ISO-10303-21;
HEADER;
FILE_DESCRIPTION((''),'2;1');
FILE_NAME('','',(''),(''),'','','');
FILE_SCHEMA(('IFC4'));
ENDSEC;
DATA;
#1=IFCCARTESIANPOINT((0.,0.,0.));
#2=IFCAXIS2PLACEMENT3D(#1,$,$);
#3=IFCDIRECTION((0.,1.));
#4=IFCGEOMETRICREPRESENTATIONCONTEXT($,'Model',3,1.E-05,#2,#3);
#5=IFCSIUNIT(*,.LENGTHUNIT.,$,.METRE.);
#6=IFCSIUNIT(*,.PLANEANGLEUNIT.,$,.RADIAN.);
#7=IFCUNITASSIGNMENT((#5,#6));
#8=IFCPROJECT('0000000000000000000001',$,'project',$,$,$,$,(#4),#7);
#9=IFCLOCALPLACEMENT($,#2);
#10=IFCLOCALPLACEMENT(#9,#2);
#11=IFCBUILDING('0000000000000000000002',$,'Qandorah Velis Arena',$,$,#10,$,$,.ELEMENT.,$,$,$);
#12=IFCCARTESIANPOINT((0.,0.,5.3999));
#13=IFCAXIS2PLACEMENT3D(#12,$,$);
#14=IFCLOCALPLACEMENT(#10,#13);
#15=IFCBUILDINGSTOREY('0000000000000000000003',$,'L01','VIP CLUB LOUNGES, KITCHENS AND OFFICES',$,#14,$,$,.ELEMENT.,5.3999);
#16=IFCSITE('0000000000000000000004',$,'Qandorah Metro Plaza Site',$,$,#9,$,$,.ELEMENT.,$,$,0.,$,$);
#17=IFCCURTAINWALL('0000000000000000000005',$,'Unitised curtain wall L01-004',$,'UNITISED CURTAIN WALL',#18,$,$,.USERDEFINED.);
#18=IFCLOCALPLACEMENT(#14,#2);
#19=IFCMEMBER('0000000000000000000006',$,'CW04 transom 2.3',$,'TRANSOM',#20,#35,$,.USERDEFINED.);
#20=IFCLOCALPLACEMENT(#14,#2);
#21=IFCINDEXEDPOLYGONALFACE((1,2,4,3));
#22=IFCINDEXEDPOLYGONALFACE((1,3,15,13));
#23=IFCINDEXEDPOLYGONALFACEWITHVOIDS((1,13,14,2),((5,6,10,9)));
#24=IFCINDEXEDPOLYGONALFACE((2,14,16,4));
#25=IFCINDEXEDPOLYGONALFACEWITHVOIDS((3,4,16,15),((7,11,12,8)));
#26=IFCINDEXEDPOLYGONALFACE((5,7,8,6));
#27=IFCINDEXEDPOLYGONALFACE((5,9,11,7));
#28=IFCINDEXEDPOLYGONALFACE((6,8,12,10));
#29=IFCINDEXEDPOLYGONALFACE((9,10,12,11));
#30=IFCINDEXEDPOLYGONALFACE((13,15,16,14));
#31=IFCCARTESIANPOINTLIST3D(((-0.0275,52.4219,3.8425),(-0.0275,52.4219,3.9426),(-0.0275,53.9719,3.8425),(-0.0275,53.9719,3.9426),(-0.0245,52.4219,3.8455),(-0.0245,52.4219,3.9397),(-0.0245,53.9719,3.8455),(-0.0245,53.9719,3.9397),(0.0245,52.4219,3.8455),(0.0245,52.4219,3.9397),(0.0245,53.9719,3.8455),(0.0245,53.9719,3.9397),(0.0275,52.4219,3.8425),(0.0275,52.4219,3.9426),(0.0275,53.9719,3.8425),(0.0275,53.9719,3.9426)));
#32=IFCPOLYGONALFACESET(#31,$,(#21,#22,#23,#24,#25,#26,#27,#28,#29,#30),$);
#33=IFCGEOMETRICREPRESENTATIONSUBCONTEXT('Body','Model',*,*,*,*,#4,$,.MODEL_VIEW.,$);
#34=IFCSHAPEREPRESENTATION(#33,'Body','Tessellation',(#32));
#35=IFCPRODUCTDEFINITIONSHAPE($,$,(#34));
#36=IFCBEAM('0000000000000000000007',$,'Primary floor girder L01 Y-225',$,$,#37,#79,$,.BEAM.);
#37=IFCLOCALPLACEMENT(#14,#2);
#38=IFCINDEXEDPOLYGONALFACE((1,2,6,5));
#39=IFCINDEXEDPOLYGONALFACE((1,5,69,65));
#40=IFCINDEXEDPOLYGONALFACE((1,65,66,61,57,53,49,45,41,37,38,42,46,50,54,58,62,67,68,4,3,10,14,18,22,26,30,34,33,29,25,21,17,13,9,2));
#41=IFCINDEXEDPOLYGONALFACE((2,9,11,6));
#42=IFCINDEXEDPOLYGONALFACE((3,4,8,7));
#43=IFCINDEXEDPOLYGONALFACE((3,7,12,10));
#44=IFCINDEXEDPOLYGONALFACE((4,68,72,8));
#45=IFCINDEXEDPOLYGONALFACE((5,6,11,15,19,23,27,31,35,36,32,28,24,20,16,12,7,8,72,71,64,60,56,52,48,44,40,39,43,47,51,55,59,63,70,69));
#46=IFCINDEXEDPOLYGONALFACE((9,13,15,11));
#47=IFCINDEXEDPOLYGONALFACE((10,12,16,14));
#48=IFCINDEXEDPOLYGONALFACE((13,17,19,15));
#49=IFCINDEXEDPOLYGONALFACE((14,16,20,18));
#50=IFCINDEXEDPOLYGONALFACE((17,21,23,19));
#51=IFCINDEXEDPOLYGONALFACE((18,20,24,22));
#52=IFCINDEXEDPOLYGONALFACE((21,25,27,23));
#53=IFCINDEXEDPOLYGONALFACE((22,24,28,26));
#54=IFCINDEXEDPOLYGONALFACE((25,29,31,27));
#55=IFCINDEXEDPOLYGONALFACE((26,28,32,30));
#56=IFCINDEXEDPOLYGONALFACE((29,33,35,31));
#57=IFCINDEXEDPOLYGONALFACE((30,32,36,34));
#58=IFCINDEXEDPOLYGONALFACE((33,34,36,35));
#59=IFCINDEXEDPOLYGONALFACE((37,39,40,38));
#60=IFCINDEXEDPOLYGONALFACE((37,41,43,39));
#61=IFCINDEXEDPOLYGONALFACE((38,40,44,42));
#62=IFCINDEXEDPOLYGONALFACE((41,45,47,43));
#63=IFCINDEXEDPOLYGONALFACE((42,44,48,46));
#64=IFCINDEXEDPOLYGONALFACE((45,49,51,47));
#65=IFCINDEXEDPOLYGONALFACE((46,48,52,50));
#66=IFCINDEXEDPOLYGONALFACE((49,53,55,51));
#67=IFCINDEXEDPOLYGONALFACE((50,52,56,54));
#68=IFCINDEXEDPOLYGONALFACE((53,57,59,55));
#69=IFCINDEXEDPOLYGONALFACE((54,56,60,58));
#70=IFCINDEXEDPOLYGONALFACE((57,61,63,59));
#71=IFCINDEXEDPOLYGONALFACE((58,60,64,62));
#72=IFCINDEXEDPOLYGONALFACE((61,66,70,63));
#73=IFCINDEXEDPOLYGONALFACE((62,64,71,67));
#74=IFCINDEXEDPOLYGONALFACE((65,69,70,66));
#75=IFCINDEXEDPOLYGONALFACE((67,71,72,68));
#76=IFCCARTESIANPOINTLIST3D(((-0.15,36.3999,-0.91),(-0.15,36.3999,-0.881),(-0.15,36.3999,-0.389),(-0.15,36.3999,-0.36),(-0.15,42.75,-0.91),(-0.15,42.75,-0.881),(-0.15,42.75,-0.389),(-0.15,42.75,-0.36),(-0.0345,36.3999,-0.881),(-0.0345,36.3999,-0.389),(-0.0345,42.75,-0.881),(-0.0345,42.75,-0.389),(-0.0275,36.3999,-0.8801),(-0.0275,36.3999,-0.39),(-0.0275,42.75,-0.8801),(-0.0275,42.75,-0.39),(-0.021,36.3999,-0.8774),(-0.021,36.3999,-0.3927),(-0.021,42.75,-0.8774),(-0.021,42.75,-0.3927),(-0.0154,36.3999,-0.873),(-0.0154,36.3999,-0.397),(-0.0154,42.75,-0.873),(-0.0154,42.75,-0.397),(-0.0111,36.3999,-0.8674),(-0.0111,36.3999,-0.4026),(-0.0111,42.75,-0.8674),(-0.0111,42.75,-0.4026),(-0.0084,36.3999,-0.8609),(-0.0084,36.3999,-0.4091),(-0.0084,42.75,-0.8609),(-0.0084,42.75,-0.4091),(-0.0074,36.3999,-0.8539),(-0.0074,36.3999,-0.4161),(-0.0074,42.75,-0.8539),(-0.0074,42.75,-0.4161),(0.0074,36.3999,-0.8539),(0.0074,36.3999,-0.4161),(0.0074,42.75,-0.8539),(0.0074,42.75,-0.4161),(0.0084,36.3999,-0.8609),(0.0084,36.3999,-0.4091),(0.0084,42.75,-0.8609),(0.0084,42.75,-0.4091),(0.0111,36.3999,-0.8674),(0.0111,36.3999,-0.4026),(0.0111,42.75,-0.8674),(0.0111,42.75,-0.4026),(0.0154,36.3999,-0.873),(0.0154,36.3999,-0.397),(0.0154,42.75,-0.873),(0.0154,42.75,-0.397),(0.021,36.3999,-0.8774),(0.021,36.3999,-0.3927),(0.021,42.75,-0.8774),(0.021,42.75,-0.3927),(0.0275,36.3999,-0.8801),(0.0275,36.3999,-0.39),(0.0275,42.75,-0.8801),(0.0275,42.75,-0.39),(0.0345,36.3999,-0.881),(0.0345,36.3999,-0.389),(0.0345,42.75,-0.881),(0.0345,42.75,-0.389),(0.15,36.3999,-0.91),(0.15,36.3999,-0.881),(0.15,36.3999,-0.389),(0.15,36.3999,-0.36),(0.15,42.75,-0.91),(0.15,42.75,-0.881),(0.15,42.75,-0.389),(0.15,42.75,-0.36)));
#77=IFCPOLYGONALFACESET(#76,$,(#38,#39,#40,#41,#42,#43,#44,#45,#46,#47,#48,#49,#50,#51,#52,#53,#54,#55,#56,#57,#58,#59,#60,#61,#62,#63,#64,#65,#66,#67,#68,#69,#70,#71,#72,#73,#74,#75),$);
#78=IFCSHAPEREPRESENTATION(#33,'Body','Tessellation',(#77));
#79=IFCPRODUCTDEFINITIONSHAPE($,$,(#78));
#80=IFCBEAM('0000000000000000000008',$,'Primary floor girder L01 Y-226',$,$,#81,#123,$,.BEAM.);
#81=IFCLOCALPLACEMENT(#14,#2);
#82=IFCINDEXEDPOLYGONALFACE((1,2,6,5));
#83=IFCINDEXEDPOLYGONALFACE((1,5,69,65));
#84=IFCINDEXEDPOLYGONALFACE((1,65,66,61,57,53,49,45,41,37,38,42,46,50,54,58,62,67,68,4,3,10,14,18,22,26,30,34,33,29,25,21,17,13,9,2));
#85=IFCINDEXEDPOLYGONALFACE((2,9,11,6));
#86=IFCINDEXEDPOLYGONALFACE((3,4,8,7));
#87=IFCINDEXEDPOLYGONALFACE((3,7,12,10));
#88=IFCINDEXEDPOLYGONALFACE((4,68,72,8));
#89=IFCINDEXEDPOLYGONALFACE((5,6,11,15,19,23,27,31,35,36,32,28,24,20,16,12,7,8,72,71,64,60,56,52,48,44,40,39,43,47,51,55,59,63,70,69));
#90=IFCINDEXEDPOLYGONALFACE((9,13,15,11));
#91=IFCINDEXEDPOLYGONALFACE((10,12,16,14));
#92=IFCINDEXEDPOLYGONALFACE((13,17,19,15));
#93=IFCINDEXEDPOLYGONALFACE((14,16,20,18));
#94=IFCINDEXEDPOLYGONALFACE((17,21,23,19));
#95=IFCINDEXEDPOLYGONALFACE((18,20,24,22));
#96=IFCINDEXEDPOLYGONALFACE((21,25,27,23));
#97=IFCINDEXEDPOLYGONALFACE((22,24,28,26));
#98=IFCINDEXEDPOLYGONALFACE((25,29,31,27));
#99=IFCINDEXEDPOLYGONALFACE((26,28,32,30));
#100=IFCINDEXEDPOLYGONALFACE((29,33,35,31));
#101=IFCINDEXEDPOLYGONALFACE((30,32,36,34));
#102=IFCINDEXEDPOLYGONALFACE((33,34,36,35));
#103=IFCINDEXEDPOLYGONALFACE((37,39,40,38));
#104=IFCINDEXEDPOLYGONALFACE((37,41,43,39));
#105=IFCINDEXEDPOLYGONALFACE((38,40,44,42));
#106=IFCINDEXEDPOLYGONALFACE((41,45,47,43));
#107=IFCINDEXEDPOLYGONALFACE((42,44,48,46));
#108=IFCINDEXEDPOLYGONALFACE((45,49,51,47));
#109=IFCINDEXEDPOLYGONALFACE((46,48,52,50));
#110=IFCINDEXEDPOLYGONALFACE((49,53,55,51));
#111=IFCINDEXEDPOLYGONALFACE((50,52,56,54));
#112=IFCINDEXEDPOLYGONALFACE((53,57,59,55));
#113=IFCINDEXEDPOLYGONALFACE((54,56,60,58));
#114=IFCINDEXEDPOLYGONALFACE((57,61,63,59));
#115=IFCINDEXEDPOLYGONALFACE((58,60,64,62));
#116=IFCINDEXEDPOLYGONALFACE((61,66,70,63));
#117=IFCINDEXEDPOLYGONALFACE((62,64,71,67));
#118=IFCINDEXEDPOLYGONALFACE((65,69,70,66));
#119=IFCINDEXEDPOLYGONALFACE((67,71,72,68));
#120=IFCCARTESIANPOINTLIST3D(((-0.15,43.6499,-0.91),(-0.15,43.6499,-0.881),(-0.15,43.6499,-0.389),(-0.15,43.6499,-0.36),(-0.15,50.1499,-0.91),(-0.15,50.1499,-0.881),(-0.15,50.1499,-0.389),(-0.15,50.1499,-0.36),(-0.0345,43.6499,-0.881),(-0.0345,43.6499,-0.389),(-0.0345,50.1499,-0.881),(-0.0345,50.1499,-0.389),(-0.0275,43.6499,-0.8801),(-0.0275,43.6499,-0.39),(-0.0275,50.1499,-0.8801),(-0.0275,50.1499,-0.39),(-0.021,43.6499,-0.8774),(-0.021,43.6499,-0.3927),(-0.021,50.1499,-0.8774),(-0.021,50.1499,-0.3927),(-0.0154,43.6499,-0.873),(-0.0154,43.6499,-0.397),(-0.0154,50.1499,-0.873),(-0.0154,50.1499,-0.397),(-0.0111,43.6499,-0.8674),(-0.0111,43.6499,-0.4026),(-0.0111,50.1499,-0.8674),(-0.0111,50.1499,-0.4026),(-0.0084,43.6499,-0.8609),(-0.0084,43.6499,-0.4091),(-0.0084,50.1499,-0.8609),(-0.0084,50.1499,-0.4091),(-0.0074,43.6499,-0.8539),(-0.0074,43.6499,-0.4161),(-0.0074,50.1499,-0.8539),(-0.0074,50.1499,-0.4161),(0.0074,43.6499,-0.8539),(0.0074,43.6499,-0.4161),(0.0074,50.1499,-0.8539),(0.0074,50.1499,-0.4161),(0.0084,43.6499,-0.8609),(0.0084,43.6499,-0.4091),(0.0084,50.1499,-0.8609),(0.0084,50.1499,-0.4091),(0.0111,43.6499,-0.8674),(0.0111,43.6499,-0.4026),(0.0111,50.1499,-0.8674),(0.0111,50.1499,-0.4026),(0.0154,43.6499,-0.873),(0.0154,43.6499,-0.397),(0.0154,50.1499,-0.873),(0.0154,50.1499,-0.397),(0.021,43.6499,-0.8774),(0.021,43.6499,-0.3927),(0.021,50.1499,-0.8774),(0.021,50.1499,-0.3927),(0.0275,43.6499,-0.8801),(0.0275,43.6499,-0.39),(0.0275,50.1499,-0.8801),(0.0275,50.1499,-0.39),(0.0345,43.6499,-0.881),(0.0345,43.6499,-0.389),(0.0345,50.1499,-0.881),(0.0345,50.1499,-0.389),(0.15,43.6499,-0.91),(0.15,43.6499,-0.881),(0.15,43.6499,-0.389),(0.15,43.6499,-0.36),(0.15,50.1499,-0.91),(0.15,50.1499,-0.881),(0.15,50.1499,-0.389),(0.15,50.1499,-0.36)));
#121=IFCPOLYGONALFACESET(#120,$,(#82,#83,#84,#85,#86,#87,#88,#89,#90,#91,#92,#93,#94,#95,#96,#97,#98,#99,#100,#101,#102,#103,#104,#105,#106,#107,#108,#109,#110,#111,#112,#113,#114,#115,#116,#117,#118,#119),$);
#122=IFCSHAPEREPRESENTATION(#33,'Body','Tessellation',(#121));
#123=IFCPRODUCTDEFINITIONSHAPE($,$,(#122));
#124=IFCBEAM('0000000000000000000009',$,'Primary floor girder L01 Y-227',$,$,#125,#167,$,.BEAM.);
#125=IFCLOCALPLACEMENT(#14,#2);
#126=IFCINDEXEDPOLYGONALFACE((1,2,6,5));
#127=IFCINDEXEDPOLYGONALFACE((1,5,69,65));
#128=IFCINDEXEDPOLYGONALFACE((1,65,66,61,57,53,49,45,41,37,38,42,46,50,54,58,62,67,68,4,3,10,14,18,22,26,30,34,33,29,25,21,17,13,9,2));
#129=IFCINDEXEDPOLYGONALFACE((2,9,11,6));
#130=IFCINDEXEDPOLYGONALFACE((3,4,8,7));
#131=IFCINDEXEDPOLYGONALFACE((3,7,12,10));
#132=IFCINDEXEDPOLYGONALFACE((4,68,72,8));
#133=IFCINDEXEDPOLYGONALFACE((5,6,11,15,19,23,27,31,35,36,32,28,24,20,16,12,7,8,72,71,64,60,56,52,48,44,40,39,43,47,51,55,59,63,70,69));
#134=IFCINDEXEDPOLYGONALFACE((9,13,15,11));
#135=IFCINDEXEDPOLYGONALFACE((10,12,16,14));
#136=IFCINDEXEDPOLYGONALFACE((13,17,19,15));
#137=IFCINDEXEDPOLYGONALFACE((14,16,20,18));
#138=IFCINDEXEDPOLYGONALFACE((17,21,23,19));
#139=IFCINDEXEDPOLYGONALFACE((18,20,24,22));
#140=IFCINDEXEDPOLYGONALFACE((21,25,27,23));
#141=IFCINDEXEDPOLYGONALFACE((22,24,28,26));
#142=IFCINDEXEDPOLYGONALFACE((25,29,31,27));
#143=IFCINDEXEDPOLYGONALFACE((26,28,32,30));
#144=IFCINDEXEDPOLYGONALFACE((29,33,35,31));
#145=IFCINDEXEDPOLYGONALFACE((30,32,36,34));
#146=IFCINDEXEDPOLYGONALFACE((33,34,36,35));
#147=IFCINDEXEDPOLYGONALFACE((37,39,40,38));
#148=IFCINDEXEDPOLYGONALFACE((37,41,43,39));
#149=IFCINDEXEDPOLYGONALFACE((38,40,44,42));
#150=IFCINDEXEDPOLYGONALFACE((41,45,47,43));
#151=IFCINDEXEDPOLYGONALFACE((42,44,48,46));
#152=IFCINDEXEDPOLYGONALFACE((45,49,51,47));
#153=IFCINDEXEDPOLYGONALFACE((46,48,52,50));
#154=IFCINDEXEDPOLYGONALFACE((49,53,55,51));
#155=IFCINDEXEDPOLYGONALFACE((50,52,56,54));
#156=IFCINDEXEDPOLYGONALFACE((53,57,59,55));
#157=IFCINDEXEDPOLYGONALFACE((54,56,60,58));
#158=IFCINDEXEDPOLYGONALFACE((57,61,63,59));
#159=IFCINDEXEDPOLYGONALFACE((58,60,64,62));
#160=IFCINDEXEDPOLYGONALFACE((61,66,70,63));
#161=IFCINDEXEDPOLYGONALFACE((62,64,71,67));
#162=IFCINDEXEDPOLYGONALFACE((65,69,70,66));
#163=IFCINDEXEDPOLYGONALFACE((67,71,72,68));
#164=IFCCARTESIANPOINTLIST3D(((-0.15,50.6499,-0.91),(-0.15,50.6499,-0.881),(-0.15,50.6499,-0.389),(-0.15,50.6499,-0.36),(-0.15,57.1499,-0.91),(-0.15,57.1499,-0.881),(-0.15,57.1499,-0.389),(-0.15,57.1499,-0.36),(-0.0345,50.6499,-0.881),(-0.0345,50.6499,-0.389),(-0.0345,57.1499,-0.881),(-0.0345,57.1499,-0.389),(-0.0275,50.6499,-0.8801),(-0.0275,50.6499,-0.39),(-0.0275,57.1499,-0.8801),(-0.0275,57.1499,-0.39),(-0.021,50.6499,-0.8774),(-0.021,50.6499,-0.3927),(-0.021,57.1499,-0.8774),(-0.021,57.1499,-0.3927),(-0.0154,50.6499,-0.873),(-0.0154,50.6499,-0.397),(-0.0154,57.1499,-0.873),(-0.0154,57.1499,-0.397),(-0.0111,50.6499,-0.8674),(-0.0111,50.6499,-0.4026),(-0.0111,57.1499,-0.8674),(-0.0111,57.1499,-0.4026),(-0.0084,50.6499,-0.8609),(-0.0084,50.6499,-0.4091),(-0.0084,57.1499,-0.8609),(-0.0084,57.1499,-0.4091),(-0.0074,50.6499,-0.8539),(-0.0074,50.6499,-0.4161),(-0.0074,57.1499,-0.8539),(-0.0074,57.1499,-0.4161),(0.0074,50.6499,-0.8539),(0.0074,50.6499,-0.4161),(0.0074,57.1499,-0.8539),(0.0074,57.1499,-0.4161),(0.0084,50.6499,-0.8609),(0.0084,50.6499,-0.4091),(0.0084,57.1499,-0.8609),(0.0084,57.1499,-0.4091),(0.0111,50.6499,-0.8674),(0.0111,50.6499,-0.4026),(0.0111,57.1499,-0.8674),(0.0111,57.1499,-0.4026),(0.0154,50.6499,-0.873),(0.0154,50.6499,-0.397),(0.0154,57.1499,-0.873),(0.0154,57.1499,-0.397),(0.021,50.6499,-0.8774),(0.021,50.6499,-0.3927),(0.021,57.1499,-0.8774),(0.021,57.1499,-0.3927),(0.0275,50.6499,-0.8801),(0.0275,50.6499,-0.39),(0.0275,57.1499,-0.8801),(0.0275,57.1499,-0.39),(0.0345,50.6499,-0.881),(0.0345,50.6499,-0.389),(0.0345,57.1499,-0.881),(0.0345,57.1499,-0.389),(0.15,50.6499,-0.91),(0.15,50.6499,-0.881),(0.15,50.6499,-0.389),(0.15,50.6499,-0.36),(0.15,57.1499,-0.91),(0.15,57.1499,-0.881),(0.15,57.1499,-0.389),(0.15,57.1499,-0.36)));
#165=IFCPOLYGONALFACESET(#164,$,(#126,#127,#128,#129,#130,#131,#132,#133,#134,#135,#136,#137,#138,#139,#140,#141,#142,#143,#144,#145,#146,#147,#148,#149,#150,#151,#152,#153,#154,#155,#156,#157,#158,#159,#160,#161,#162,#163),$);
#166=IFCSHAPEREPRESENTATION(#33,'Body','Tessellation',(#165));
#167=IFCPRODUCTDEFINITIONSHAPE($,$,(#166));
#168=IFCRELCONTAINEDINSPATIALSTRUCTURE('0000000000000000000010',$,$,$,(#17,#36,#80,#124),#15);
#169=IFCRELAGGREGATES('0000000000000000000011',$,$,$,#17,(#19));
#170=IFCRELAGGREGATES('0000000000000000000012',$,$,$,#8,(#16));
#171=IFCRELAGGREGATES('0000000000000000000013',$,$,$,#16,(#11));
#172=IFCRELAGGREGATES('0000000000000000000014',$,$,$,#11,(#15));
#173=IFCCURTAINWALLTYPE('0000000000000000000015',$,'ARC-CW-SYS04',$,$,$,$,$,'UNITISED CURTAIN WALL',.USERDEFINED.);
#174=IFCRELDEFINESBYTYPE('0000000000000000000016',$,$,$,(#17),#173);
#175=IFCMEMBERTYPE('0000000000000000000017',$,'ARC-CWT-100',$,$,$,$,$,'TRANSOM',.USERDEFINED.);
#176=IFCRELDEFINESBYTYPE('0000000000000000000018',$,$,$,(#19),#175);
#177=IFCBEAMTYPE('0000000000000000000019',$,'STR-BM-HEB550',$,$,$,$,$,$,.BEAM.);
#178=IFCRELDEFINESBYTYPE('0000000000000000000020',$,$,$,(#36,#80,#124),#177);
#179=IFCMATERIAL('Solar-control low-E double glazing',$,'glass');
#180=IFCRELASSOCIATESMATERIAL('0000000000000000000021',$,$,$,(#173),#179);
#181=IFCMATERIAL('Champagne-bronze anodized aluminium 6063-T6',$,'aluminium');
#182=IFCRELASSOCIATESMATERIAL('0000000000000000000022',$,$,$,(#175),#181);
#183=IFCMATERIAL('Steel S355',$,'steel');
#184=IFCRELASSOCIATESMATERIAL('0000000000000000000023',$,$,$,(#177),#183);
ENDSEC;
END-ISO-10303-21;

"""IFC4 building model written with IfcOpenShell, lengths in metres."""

from ifc_helpers import new_model, si_unit, direction, frame, origin, origin_2d, place, context, subcontext, project, spatial, hollow_rectangle, i_section, extrude, material, material_profile, profile_set, type_object, element, aggregate, save


model = new_model("IFC4")

# Units and contexts
model_context = context("Model", 3, precision=1e-05, world=origin(), true_north=direction((0.0, 1.0)))
body_context = subcontext(model_context, "Body", "Model", "MODEL_VIEW")
ifc_project = project(units=[si_unit("LENGTHUNIT", "METRE"), si_unit("PLANEANGLEUNIT", "RADIAN")], contexts=[model_context])

# Site, building, storey
site_placement = place(None, origin())
site = spatial("IfcSite", under=ifc_project, at=site_placement, Name="Qandorah Metro Plaza Site", CompositionType="ELEMENT", RefElevation=0.0)
building_placement = place(site_placement, origin())
building = spatial("IfcBuilding", under=site, at=building_placement, Name="Qandorah Velis Arena", CompositionType="ELEMENT")
storey_placement = place(building_placement, frame((0.0, 0.0, 5.3999)))
storey = spatial("IfcBuildingStorey", under=building, at=storey_placement, Name="L01", Description="VIP CLUB LOUNGES, KITCHENS AND OFFICES", CompositionType="ELEMENT", Elevation=5.3999)

# Curtain wall, member
ifc_material_1 = material(Name="Solar-control low-E double glazing", Category="glass")
curtain_wall_type = type_object("IfcCurtainWallType", Name="ARC-CW-SYS04", ElementType="UNITISED CURTAIN WALL", PredefinedType="USERDEFINED", material=ifc_material_1)
curtain_wall_placement = place(storey_placement, origin())
curtain_wall = element("IfcCurtainWall", 1, at=curtain_wall_placement, inside=storey, type_object=curtain_wall_type, Name="Unitised curtain wall L01-004", ObjectType="UNITISED CURTAIN WALL", PredefinedType="USERDEFINED")
ifc_material_2 = material(Name="Champagne-bronze anodized aluminium 6063-T6", Category="aluminium")
ifc_material_profile_1 = material_profile(ifc_material_2, hollow_rectangle(XDim=0.0549, YDim=0.1001, WallThickness=0.0029, at=origin_2d()), Name="ALU TRANSOM 55x100")
ifc_profile_set_1 = profile_set([ifc_material_profile_1], Name="Champagne-bronze anodized aluminium 6063-T6")
member_type_1 = type_object("IfcMemberType", Name="ARC-CWT-100", ElementType="TRANSOM", PredefinedType="USERDEFINED", material=ifc_profile_set_1)
member_1_placement = place(storey_placement, frame((0.0, 52.4219, 3.8926), z_axis=(0.0, 1.0, 0.0), x_axis=(-1.0, 0.0, 0.0)))
member_1 = element("IfcMember", 2, at=member_1_placement, type_object=member_type_1, Name="CW04 transom 2.3", ObjectType="TRANSOM", PredefinedType="USERDEFINED", context=body_context, shape_type="SweptSolid", body=[
    extrude(hollow_rectangle(XDim=0.0549, YDim=0.1001, WallThickness=0.0029, at=origin_2d()), origin(), (0.0, 0.0, 1.0), 1.55),
])

# Beams
ifc_material_3 = material(Name="Steel S355", Category="steel")
ifc_material_profile_2 = material_profile(ifc_material_3, i_section(OverallWidth=0.3, OverallDepth=0.55, WebThickness=0.0149, FlangeThickness=0.0291, FilletRadius=0.0271, at=origin_2d()), Name="HEB 550")
ifc_profile_set_2 = profile_set([ifc_material_profile_2], Name="Steel S355")
beam_type_1 = type_object("IfcBeamType", Name="STR-BM-HEB550", PredefinedType="BEAM", material=ifc_profile_set_2)
beam_1_placement = place(storey_placement, frame((0.0, 36.3999, -0.635), z_axis=(0.0, 1.0, 0.0), x_axis=(-1.0, 0.0, 0.0)))
element("IfcBeam", 3, at=beam_1_placement, inside=storey, type_object=beam_type_1, Name="Primary floor girder L01 Y-225", PredefinedType="BEAM", context=body_context, shape_type="SweptSolid", body=[
    extrude(i_section(OverallWidth=0.3, OverallDepth=0.55, WebThickness=0.0149, FlangeThickness=0.0291, FilletRadius=0.0271, at=origin_2d()), origin(), (0.0, 0.0, 1.0), 6.3501),
])
for number, where, z_axis, x_axis, name in (
    (4, (0.0, 43.6499, -0.635), (0.0, 1.0, 0.0), (-1.0, 0.0, 0.0), "Primary floor girder L01 Y-226"),
    (5, (0.0, 50.6499, -0.635), (0.0, 1.0, 0.0), (-1.0, 0.0, 0.0), "Primary floor girder L01 Y-227"),
):
    element("IfcBeam", number, at=place(storey_placement, frame(where, z_axis=z_axis, x_axis=x_axis)), inside=storey, type_object=beam_type_1, Name=name, PredefinedType="BEAM", context=body_context, shape_type="SweptSolid", body=[
        extrude(i_section(OverallWidth=0.3, OverallDepth=0.55, WebThickness=0.0149, FlangeThickness=0.0291, FilletRadius=0.0271, at=origin_2d()), origin(), (0.0, 0.0, 1.0), 6.5),
    ])

aggregate(curtain_wall, [member_1])

save(model, "model.ifc")
